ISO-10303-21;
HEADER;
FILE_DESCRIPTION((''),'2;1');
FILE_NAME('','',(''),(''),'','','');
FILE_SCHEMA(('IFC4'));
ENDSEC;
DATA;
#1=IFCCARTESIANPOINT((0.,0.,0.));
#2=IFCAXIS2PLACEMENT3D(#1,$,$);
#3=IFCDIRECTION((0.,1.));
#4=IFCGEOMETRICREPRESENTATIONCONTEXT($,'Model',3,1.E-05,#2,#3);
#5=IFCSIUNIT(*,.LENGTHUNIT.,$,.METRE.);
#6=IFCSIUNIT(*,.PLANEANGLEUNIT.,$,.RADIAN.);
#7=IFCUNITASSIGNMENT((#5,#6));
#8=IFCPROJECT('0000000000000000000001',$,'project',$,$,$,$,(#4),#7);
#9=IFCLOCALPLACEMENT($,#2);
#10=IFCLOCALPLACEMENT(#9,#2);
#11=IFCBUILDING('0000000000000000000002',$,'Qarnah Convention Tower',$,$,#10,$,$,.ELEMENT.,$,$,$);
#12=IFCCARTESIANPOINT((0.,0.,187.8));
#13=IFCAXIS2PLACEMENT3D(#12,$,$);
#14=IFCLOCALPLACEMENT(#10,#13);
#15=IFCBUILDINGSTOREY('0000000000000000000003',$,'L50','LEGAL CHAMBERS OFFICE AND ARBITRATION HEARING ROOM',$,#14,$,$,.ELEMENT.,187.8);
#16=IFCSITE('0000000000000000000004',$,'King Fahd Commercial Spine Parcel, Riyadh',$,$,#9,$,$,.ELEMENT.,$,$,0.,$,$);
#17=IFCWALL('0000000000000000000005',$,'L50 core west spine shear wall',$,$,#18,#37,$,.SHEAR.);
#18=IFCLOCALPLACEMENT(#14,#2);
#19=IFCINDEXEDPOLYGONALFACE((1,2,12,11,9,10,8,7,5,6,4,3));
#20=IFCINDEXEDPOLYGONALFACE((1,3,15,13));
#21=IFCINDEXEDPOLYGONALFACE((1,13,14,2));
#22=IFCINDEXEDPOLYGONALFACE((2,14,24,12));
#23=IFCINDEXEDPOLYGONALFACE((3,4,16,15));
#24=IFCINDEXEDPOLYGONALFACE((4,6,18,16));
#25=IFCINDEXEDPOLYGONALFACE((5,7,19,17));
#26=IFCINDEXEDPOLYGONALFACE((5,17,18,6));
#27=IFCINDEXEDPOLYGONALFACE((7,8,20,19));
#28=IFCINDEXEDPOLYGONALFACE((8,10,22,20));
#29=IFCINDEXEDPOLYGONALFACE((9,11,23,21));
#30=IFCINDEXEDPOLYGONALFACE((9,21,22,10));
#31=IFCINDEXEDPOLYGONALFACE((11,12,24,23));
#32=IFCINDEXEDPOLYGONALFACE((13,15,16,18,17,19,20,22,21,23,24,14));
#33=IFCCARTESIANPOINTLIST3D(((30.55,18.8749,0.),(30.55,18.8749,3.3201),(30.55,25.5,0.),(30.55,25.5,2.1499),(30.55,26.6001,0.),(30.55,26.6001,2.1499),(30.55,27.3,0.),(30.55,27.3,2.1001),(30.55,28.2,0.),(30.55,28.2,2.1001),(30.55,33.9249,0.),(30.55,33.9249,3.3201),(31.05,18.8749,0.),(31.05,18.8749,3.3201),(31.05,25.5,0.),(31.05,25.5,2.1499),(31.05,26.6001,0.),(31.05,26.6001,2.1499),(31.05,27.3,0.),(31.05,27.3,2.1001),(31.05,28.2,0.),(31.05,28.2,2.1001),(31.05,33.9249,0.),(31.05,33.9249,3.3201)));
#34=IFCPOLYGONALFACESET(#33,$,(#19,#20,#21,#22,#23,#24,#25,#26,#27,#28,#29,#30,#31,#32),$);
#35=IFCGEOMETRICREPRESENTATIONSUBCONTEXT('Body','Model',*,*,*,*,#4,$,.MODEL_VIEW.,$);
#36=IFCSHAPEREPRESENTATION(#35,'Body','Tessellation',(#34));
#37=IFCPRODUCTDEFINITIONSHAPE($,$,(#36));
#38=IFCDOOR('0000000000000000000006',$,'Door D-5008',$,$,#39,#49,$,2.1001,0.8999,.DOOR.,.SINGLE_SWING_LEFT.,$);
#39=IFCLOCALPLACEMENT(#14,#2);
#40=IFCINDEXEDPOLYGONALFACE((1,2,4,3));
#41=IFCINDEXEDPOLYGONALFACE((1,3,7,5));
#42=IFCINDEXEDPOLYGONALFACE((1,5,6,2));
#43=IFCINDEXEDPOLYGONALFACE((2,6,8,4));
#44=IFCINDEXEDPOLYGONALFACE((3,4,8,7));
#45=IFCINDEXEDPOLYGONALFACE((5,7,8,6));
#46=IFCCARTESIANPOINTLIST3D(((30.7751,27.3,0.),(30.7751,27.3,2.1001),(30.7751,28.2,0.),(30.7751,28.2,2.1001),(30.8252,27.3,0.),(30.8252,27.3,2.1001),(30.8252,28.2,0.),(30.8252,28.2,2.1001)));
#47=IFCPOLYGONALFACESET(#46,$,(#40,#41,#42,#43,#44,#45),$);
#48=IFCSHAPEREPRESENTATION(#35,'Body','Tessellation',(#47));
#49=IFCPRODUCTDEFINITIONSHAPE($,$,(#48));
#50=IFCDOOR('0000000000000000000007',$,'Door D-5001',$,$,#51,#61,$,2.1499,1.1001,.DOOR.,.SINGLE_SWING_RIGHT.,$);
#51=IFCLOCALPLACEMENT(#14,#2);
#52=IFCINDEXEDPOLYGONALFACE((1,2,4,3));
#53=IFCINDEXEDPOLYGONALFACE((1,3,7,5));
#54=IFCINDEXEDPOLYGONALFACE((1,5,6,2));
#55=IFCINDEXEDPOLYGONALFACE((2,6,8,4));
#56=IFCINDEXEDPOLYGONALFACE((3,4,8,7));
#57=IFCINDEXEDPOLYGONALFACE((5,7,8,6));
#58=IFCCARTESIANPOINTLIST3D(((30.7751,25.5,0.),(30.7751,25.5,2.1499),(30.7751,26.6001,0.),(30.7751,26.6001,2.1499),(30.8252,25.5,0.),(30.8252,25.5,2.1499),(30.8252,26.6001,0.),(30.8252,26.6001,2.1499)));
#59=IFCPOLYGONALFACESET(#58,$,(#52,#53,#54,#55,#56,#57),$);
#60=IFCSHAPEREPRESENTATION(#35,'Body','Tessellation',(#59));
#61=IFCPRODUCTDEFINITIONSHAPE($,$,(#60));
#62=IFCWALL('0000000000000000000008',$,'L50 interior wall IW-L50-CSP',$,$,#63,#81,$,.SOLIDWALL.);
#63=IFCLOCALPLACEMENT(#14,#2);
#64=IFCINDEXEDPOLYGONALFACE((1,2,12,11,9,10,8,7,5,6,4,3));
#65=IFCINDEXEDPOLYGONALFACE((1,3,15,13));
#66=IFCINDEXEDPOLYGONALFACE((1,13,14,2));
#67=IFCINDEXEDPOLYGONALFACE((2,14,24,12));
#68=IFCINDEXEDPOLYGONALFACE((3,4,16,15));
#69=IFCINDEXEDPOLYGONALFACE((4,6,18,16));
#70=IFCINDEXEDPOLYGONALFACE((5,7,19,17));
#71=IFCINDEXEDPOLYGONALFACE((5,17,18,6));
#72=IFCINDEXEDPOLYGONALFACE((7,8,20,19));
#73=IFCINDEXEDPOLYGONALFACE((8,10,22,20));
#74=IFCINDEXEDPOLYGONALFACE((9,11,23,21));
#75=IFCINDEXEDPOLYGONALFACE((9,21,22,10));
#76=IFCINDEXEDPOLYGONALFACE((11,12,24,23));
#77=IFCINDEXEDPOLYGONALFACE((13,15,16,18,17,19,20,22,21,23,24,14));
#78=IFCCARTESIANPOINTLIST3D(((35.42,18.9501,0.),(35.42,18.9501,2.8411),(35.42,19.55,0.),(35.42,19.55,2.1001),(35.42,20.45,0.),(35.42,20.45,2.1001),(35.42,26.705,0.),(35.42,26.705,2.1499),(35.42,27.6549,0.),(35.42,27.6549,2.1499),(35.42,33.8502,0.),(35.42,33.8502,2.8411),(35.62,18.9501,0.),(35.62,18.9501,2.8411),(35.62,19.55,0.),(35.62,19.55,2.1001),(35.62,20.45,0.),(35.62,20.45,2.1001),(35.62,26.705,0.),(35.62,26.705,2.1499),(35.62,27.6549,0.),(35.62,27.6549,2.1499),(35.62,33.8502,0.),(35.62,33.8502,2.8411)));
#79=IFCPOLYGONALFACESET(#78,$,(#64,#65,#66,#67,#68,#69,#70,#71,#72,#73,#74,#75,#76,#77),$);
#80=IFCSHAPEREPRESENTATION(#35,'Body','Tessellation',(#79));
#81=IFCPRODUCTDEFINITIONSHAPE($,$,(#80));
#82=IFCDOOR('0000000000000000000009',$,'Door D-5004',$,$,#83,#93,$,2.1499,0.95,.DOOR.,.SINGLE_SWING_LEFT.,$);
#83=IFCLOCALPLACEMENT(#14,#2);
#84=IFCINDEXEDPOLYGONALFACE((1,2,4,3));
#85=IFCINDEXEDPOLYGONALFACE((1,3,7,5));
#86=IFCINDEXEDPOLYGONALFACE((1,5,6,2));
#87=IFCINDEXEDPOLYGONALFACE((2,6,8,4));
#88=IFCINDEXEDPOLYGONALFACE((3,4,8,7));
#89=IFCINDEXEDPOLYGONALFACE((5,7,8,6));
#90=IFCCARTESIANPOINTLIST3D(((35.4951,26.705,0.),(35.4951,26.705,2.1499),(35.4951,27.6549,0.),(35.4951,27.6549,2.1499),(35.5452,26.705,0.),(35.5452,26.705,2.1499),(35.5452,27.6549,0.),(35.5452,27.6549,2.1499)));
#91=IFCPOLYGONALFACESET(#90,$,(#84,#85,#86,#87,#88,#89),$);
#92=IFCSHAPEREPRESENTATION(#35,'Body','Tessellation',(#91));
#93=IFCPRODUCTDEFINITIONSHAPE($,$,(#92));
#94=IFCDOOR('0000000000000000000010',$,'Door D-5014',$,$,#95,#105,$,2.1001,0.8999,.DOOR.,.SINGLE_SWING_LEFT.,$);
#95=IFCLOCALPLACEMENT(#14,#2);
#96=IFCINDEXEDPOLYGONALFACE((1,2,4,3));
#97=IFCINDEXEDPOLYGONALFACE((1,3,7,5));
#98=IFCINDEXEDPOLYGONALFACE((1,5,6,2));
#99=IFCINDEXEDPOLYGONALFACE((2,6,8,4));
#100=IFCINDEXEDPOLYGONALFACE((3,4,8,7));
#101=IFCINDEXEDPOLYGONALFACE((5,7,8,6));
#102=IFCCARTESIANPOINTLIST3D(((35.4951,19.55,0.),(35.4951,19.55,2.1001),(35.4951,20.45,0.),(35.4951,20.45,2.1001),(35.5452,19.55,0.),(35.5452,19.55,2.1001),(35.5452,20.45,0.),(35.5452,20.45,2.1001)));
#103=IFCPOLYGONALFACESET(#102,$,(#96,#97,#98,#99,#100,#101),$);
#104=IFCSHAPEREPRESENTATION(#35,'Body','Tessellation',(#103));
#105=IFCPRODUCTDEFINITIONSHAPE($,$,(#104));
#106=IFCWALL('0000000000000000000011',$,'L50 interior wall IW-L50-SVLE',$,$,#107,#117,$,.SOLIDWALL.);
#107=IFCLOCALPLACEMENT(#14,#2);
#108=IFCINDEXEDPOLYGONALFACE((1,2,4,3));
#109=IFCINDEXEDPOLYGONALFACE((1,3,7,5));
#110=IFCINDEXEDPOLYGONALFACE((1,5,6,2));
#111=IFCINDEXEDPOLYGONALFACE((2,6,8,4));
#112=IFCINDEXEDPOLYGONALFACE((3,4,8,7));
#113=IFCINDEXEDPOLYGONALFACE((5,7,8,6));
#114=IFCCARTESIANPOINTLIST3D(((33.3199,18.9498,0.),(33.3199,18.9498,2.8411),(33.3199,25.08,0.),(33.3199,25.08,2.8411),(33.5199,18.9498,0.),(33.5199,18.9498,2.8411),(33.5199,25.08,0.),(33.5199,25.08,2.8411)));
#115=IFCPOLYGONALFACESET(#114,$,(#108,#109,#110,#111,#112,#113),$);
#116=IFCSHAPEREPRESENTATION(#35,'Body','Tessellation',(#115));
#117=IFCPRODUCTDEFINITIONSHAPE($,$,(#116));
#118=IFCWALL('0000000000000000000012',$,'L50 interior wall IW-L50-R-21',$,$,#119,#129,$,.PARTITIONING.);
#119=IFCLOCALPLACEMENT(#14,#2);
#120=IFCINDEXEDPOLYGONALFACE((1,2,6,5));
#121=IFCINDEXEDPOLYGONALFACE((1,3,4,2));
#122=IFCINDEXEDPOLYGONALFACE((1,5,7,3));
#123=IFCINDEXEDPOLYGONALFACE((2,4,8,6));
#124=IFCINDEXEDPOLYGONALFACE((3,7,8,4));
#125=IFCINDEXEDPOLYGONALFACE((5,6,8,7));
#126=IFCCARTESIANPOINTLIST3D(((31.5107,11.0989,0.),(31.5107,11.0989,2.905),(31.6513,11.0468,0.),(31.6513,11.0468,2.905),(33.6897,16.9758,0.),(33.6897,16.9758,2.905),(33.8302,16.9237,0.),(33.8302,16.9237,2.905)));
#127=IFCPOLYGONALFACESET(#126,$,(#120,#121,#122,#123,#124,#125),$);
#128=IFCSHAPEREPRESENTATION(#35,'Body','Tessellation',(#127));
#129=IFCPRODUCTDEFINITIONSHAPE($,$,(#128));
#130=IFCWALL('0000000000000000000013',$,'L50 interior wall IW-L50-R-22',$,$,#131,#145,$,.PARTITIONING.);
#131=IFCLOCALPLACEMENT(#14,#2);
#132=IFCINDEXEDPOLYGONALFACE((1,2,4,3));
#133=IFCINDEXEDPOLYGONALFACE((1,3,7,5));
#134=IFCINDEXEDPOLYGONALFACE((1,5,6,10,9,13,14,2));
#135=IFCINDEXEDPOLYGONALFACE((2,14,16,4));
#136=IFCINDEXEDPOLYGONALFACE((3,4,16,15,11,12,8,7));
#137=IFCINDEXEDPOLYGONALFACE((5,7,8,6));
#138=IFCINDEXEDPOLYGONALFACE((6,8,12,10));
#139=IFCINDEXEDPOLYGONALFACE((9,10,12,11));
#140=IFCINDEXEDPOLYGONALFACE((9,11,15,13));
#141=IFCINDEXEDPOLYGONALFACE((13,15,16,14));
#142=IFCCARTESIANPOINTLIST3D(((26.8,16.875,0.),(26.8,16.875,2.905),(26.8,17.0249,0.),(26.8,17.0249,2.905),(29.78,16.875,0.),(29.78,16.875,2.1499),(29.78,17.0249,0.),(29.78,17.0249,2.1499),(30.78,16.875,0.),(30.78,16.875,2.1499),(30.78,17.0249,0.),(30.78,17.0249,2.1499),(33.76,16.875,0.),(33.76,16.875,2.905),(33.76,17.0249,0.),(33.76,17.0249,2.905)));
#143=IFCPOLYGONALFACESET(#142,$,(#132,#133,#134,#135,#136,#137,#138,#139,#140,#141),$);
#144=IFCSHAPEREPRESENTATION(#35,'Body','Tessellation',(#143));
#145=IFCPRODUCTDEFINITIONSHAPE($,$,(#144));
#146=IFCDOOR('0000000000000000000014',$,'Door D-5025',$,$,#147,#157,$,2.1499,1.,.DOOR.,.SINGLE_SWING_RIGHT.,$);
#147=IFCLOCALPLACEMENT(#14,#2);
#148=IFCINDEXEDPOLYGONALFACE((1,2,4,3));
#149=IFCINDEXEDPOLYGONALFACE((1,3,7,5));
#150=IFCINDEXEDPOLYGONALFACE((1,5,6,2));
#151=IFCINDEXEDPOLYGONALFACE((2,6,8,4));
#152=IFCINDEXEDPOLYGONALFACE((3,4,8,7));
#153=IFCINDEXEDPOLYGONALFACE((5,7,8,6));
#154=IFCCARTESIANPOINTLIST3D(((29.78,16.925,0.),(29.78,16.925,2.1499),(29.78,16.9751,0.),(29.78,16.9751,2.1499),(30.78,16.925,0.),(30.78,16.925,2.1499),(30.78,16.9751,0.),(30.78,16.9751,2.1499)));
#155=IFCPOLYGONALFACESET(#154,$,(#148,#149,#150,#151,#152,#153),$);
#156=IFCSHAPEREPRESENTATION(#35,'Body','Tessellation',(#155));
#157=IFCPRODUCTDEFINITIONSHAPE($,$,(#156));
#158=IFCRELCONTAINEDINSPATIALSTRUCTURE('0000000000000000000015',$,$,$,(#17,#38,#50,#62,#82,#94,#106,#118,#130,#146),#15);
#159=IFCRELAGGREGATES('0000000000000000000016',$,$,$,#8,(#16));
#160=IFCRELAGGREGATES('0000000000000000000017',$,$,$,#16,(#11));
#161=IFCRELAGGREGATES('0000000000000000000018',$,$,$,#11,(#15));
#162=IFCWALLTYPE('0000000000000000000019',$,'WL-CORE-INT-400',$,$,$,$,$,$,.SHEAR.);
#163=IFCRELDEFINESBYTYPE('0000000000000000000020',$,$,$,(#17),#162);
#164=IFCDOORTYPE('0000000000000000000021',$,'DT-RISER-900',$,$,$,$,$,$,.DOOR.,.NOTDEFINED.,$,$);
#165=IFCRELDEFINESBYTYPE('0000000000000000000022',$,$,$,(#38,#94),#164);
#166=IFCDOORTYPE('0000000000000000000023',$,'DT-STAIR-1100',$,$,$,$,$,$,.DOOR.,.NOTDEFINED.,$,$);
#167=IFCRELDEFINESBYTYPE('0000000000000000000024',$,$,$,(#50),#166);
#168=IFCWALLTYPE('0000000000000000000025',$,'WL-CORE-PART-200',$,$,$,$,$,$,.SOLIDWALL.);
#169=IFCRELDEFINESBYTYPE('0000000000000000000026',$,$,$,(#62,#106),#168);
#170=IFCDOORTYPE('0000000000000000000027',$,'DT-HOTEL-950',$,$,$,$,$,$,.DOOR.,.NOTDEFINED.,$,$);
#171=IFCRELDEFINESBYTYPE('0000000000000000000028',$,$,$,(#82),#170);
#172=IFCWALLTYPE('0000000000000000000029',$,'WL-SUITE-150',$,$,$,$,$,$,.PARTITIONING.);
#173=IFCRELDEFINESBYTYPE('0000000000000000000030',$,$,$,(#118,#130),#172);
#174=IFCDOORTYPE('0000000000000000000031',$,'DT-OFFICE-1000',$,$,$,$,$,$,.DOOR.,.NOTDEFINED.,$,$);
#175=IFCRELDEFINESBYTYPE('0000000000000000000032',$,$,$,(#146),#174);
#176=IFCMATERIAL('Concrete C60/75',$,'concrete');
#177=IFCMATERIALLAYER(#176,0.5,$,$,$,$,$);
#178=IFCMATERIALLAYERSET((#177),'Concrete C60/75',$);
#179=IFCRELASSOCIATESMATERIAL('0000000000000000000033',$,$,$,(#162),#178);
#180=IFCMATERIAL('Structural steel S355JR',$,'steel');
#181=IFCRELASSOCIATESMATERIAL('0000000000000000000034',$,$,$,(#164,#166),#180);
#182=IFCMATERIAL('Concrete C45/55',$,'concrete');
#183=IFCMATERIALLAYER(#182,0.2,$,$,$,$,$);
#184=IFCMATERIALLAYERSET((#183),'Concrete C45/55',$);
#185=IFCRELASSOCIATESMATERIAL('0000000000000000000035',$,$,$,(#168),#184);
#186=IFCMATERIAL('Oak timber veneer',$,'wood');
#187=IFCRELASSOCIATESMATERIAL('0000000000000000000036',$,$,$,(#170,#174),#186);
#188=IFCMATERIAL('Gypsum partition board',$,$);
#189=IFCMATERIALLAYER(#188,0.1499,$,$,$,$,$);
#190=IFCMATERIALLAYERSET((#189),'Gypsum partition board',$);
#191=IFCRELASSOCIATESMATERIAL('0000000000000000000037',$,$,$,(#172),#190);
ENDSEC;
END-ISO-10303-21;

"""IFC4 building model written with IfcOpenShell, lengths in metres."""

from ifc_helpers import new_model, si_unit, direction, frame, frame_2d, origin, place, context, subcontext, project, spatial, rectangle, extrude, material, layer, layer_set, type_object, element, fill, save


model = new_model("IFC4")

# Units and contexts
model_context = context("Model", 3, precision=1e-05, world=origin(), true_north=direction((0.0, 1.0)))
body_context = subcontext(model_context, "Body", "Model", "MODEL_VIEW")
ifc_project = project(units=[si_unit("LENGTHUNIT", "METRE"), si_unit("PLANEANGLEUNIT", "RADIAN")], contexts=[model_context])

# Site, building, storey
site_placement = place(None, origin())
site = spatial("IfcSite", under=ifc_project, at=site_placement, Name="King Fahd Commercial Spine Parcel, Riyadh", CompositionType="ELEMENT", RefElevation=0.0)
building_placement = place(site_placement, origin())
building = spatial("IfcBuilding", under=site, at=building_placement, Name="Qarnah Convention Tower", CompositionType="ELEMENT")
storey_placement = place(building_placement, frame((0.0, 0.0, 187.8)))
storey = spatial("IfcBuildingStorey", under=building, at=storey_placement, Name="L50", Description="LEGAL CHAMBERS OFFICE AND ARBITRATION HEARING ROOM", CompositionType="ELEMENT", Elevation=187.8)

# Shared definitions
ifc_material_1 = material(Name="Structural steel S355JR", Category="steel")

# Walls, openings, doors
ifc_material_2 = material(Name="Concrete C60/75", Category="concrete")
ifc_layer_1 = layer(ifc_material_2, 0.5)
ifc_layer_set_1 = layer_set([ifc_layer_1], Name="Concrete C60/75")
wall_type_1 = type_object("IfcWallType", Name="WL-CORE-INT-400", PredefinedType="SHEAR", material=ifc_layer_set_1)
wall_1_placement = place(storey_placement, frame((30.8, 18.875, 0.0), z_axis=(0.0, 0.0, 1.0), x_axis=(0.0, 1.0, 0.0)))
wall_1 = element("IfcWall", 1, at=wall_1_placement, inside=storey, type_object=wall_type_1, Name="L50 core west spine shear wall", PredefinedType="SHEAR", context=body_context, shape_type="SweptSolid", body=[
    extrude(rectangle(XDim=15.05, YDim=0.5, at=frame_2d((7.5249, 0.0))), origin(), (0.0, 0.0, 1.0), 3.3201),
])
opening_1_placement = place(wall_1_placement, frame((6.625, 0.0, 0.0)))
opening_1 = element("IfcOpeningElement", 2, at=opening_1_placement, cuts=wall_1, PredefinedType="OPENING", context=body_context, shape_type="SweptSolid", body=[
    extrude(rectangle(XDim=1.1001, YDim=2.1499, at=frame_2d((0.55, 1.075))), frame((0.0, 0.26, 0.0), z_axis=(0.0, -1.0, 0.0), x_axis=(1.0, 0.0, 0.0)), (0.0, 0.0, 1.0), 0.52),
])
opening_2_placement = place(wall_1_placement, frame((8.425, 0.0, 0.0)))
opening_2 = element("IfcOpeningElement", 3, at=opening_2_placement, cuts=wall_1, PredefinedType="OPENING", context=body_context, shape_type="SweptSolid", body=[
    extrude(rectangle(XDim=0.8999, YDim=2.1001, at=frame_2d((0.45, 1.05))), frame((0.0, 0.26, 0.0), z_axis=(0.0, -1.0, 0.0), x_axis=(1.0, 0.0, 0.0)), (0.0, 0.0, 1.0), 0.52),
])
door_type_1 = type_object("IfcDoorType", Name="DT-RISER-900", OperationType="NOTDEFINED", PredefinedType="DOOR", material=ifc_material_1)
door_1_placement = place(opening_2_placement, origin())
door_1 = element("IfcDoor", 4, at=door_1_placement, inside=storey, type_object=door_type_1, Name="Door D-5008", OperationType="SINGLE_SWING_LEFT", OverallHeight=2.1001, OverallWidth=0.8999, PredefinedType="DOOR", context=body_context, shape_type="SweptSolid", body=[
    extrude(rectangle(XDim=0.8999, YDim=2.1001, at=frame_2d((0.45, 1.05))), frame((0.0, 0.0249, 0.0), z_axis=(0.0, -1.0, 0.0), x_axis=(1.0, 0.0, 0.0)), (0.0, 0.0, 1.0), 0.05),
])
fill(opening_2, door_1)
door_type_2 = type_object("IfcDoorType", Name="DT-STAIR-1100", OperationType="NOTDEFINED", PredefinedType="DOOR", material=ifc_material_1)
door_2_placement = place(opening_1_placement, origin())
door_2 = element("IfcDoor", 5, at=door_2_placement, inside=storey, type_object=door_type_2, Name="Door D-5001", OperationType="SINGLE_SWING_RIGHT", OverallHeight=2.1499, OverallWidth=1.1001, PredefinedType="DOOR", context=body_context, shape_type="SweptSolid", body=[
    extrude(rectangle(XDim=1.1001, YDim=2.1499, at=frame_2d((0.55, 1.075))), frame((0.0, 0.0249, 0.0), z_axis=(0.0, -1.0, 0.0), x_axis=(1.0, 0.0, 0.0)), (0.0, 0.0, 1.0), 0.05),
])
fill(opening_1, door_2)
ifc_material_3 = material(Name="Concrete C45/55", Category="concrete")
ifc_layer_2 = layer(ifc_material_3, 0.2)
ifc_layer_set_2 = layer_set([ifc_layer_2], Name="Concrete C45/55")
wall_type_2 = type_object("IfcWallType", Name="WL-CORE-PART-200", PredefinedType="SOLIDWALL", material=ifc_layer_set_2)
wall_2_placement = place(storey_placement, frame((35.52, 18.95, 0.0), z_axis=(0.0, 0.0, 1.0), x_axis=(0.0, 1.0, 0.0)))
wall_2 = element("IfcWall", 6, at=wall_2_placement, inside=storey, type_object=wall_type_2, Name="L50 interior wall IW-L50-CSP", PredefinedType="SOLIDWALL", context=body_context, shape_type="SweptSolid", body=[
    extrude(rectangle(XDim=14.9001, YDim=0.2, at=frame_2d((7.4502, 0.0))), origin(), (0.0, 0.0, 1.0), 2.8411),
])
opening_3_placement = place(wall_2_placement, frame((7.7549, 0.0, 0.0)))
opening_3 = element("IfcOpeningElement", 7, at=opening_3_placement, cuts=wall_2, PredefinedType="OPENING", context=body_context, shape_type="SweptSolid", body=[
    extrude(rectangle(XDim=0.95, YDim=2.1499, at=frame_2d((0.4751, 1.075))), frame((0.0, 0.1099, 0.0), z_axis=(0.0, -1.0, 0.0), x_axis=(1.0, 0.0, 0.0)), (0.0, 0.0, 1.0), 0.22),
])
opening_4_placement = place(wall_2_placement, frame((0.6001, 0.0, 0.0)))
opening_4 = element("IfcOpeningElement", 8, at=opening_4_placement, cuts=wall_2, PredefinedType="OPENING", context=body_context, shape_type="SweptSolid", body=[
    extrude(rectangle(XDim=0.8999, YDim=2.1001, at=frame_2d((0.45, 1.05))), frame((0.0, 0.1099, 0.0), z_axis=(0.0, -1.0, 0.0), x_axis=(1.0, 0.0, 0.0)), (0.0, 0.0, 1.0), 0.22),
])
ifc_material_4 = material(Name="Oak timber veneer", Category="wood")
door_type_3 = type_object("IfcDoorType", Name="DT-HOTEL-950", OperationType="NOTDEFINED", PredefinedType="DOOR", material=ifc_material_4)
door_3_placement = place(opening_3_placement, origin())
door_3 = element("IfcDoor", 9, at=door_3_placement, inside=storey, type_object=door_type_3, Name="Door D-5004", OperationType="SINGLE_SWING_LEFT", OverallHeight=2.1499, OverallWidth=0.95, PredefinedType="DOOR", context=body_context, shape_type="SweptSolid", body=[
    extrude(rectangle(XDim=0.95, YDim=2.1499, at=frame_2d((0.4751, 1.075))), frame((0.0, 0.0249, 0.0), z_axis=(0.0, -1.0, 0.0), x_axis=(1.0, 0.0, 0.0)), (0.0, 0.0, 1.0), 0.05),
])
fill(opening_3, door_3)
door_4_placement = place(opening_4_placement, origin())
door_4 = element("IfcDoor", 10, at=door_4_placement, inside=storey, type_object=door_type_1, Name="Door D-5014", OperationType="SINGLE_SWING_LEFT", OverallHeight=2.1001, OverallWidth=0.8999, PredefinedType="DOOR", context=body_context, shape_type="SweptSolid", body=[
    extrude(rectangle(XDim=0.8999, YDim=2.1001, at=frame_2d((0.45, 1.05))), frame((0.0, 0.0249, 0.0), z_axis=(0.0, -1.0, 0.0), x_axis=(1.0, 0.0, 0.0)), (0.0, 0.0, 1.0), 0.05),
])
fill(opening_4, door_4)

# Walls
wall_3_placement = place(storey_placement, frame((33.4199, 18.95, 0.0), z_axis=(0.0, 0.0, 1.0), x_axis=(0.0, 1.0, 0.0)))
element("IfcWall", 11, at=wall_3_placement, inside=storey, type_object=wall_type_2, Name="L50 interior wall IW-L50-SVLE", PredefinedType="SOLIDWALL", context=body_context, shape_type="SweptSolid", body=[
    extrude(rectangle(XDim=6.1301, YDim=0.2, at=frame_2d((3.0649, 0.0))), origin(), (0.0, 0.0, 1.0), 2.8411),
])
ifc_material_5 = material(Name="Gypsum partition board")
ifc_layer_3 = layer(ifc_material_5, 0.1499)
ifc_layer_set_3 = layer_set([ifc_layer_3], Name="Gypsum partition board")
wall_type_3 = type_object("IfcWallType", Name="WL-SUITE-150", PredefinedType="PARTITIONING", material=ifc_layer_set_3)
wall_4_placement = place(storey_placement, frame((31.5811, 11.073, 0.0), z_axis=(0.0, 0.0, 1.0), x_axis=(0.347638, 0.937629, 0.0)))
element("IfcWall", 12, at=wall_4_placement, inside=storey, type_object=wall_type_3, Name="L50 interior wall IW-L50-R-21", PredefinedType="PARTITIONING", context=body_context, shape_type="SweptSolid", body=[
    extrude(rectangle(XDim=6.2678, YDim=0.1499, at=frame_2d((3.1338, 0.0))), origin(), (0.0, 0.0, 1.0), 2.905),
])

# Wall, opening, door
wall_5_placement = place(storey_placement, frame((33.76, 16.95, 0.0), z_axis=(0.0, 0.0, 1.0), x_axis=(-1.0, 0.0, 0.0)))
wall_5 = element("IfcWall", 13, at=wall_5_placement, inside=storey, type_object=wall_type_3, Name="L50 interior wall IW-L50-R-22", PredefinedType="PARTITIONING", context=body_context, shape_type="SweptSolid", body=[
    extrude(rectangle(XDim=6.96, YDim=0.1499, at=frame_2d((3.48, 0.0))), origin(), (0.0, 0.0, 1.0), 2.905),
])
opening_5_placement = place(wall_5_placement, frame((2.98, 0.0, 0.0)))
opening_5 = element("IfcOpeningElement", 14, at=opening_5_placement, cuts=wall_5, PredefinedType="OPENING", context=body_context, shape_type="SweptSolid", body=[
    extrude(rectangle(XDim=1.0, YDim=2.1499, at=frame_2d((0.5, 1.075))), frame((0.0, 0.085, 0.0), z_axis=(0.0, -1.0, 0.0), x_axis=(1.0, 0.0, 0.0)), (0.0, 0.0, 1.0), 0.1699),
])
door_type_4 = type_object("IfcDoorType", Name="DT-OFFICE-1000", OperationType="NOTDEFINED", PredefinedType="DOOR", material=ifc_material_4)
door_5_placement = place(opening_5_placement, origin())
door_5 = element("IfcDoor", 15, at=door_5_placement, inside=storey, type_object=door_type_4, Name="Door D-5025", OperationType="SINGLE_SWING_RIGHT", OverallHeight=2.1499, OverallWidth=1.0, PredefinedType="DOOR", context=body_context, shape_type="SweptSolid", body=[
    extrude(rectangle(XDim=1.0, YDim=2.1499, at=frame_2d((0.5, 1.075))), frame((0.0, 0.0249, 0.0), z_axis=(0.0, -1.0, 0.0), x_axis=(1.0, 0.0, 0.0)), (0.0, 0.0, 1.0), 0.05),
])
fill(opening_5, door_5)

save(model, "model.ifc")
